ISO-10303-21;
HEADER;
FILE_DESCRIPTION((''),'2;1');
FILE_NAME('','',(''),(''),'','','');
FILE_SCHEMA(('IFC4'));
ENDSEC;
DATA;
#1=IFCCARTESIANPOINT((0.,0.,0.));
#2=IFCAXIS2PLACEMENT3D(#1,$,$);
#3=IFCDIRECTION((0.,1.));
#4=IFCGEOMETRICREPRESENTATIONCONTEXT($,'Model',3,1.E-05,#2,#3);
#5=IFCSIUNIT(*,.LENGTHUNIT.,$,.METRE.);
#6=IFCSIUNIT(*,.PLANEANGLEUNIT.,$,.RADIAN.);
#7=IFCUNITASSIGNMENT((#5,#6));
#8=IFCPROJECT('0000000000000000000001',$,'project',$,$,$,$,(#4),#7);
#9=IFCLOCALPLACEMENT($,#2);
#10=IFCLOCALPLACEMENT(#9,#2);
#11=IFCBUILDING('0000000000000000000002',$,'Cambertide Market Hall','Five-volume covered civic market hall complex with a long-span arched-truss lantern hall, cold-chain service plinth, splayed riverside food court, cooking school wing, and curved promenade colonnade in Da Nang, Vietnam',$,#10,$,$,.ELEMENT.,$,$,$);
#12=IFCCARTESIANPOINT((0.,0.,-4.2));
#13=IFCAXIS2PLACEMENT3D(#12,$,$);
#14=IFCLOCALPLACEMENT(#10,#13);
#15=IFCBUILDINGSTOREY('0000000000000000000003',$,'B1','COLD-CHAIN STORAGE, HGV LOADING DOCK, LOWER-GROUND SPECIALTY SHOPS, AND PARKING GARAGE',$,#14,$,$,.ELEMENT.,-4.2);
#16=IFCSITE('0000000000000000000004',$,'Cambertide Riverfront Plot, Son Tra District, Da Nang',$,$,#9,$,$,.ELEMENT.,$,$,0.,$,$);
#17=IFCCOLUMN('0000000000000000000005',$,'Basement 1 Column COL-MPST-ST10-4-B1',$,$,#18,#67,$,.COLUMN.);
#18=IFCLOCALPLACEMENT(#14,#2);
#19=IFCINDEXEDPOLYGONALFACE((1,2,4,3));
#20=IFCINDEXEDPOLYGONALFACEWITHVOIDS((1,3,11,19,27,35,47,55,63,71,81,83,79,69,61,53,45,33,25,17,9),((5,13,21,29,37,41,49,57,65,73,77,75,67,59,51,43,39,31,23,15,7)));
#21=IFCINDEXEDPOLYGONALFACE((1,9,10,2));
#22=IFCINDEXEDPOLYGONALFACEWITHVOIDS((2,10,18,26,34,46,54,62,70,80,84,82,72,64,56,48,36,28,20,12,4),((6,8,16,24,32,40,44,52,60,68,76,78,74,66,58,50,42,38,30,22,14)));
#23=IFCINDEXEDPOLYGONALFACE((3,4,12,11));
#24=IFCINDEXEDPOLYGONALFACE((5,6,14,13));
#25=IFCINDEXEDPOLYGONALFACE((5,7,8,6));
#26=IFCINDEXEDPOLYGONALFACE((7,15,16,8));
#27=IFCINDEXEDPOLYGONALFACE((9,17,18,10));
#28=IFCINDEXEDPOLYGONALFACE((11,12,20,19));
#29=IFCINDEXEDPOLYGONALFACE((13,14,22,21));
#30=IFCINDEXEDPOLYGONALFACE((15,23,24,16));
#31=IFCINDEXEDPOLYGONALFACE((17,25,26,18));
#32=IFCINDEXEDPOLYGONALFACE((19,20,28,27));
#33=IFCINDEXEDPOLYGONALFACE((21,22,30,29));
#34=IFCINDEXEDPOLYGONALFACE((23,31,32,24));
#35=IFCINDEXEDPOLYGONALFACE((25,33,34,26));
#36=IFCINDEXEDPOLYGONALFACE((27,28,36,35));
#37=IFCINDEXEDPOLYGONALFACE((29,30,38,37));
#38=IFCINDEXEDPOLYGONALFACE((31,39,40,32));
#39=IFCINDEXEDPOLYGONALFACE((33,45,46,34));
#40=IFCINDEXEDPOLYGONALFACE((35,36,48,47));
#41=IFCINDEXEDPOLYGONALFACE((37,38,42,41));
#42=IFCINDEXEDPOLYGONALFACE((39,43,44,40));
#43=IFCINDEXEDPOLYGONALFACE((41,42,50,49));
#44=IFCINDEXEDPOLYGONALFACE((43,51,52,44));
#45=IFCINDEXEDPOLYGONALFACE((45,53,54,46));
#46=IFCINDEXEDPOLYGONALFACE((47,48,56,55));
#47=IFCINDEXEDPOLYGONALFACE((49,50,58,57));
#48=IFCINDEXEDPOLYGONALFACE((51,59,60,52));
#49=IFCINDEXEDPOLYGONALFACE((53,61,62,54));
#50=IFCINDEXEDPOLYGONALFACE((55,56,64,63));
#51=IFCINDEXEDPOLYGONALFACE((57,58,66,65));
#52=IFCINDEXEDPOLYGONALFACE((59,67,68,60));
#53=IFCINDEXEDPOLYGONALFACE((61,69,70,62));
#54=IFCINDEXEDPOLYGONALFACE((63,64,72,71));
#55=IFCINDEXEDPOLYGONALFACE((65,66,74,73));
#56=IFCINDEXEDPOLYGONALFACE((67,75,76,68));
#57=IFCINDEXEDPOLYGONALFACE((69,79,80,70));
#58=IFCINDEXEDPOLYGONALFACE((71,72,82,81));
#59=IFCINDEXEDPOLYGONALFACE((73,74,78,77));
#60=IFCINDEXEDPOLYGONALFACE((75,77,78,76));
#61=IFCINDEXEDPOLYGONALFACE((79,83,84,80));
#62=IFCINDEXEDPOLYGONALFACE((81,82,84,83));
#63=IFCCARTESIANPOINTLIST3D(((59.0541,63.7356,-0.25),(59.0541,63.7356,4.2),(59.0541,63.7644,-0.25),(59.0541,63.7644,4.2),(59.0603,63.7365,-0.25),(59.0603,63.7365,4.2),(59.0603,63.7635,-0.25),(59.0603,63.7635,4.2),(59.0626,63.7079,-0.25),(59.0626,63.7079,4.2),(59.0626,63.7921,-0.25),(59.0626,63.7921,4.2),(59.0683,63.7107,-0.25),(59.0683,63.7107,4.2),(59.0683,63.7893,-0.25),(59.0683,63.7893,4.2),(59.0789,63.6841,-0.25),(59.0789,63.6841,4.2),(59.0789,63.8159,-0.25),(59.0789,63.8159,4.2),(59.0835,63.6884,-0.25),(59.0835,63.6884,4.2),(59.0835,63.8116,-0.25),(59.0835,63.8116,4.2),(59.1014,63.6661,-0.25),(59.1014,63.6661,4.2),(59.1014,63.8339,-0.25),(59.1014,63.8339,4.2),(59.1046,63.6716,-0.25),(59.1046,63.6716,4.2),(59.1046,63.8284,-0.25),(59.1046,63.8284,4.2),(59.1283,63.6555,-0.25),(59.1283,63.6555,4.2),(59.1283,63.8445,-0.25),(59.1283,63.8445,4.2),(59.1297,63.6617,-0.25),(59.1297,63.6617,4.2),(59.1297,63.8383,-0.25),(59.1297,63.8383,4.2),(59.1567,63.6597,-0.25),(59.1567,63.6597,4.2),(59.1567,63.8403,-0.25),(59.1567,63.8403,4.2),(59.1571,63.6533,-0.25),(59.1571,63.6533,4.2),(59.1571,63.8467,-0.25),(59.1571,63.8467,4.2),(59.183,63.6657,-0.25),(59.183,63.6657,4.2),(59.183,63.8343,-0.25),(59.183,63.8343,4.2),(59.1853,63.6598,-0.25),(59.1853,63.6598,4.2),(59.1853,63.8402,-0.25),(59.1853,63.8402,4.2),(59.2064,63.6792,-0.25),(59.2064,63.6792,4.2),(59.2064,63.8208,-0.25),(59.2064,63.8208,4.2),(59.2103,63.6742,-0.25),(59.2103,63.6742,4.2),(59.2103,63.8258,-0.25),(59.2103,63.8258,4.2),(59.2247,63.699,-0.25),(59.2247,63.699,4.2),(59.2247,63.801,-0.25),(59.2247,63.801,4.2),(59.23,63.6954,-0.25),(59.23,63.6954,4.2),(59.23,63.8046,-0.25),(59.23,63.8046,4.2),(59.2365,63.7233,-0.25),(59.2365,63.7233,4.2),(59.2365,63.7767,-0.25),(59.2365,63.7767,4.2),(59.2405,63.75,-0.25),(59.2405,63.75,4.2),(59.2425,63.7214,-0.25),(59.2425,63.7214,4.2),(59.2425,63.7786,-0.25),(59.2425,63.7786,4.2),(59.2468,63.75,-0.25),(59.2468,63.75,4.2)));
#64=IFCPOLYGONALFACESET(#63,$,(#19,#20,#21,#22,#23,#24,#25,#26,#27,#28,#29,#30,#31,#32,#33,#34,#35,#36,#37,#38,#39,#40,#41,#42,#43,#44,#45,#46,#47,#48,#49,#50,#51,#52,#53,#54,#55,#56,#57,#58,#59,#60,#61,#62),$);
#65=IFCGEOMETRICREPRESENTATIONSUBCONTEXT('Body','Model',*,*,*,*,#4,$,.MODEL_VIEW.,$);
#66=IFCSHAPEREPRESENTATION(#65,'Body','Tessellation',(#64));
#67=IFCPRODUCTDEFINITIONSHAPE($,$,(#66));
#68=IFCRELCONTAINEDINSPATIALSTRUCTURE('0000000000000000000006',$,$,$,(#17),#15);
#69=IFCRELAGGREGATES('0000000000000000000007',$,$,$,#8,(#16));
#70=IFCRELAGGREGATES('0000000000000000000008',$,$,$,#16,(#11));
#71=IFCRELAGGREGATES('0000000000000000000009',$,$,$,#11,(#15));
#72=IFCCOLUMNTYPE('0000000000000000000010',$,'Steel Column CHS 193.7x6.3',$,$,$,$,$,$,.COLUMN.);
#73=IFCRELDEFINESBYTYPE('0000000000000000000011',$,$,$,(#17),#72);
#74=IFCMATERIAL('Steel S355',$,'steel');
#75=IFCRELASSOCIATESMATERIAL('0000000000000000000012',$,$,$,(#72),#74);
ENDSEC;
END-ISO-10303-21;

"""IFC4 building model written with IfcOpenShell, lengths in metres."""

from ifc_helpers import new_model, si_unit, direction, frame, origin, origin_2d, place, context, subcontext, project, spatial, hollow_circle, extrude, material, material_profile, profile_set, type_object, element, save


model = new_model("IFC4")

# Units and contexts
model_context = context("Model", 3, precision=1e-05, world=origin(), true_north=direction((0.0, 1.0)))
body_context = subcontext(model_context, "Body", "Model", "MODEL_VIEW")
ifc_project = project(units=[si_unit("LENGTHUNIT", "METRE"), si_unit("PLANEANGLEUNIT", "RADIAN")], contexts=[model_context])

# Site, building, storey
site_placement = place(None, origin())
site = spatial("IfcSite", under=ifc_project, at=site_placement, Name="Cambertide Riverfront Plot, Son Tra District, Da Nang", CompositionType="ELEMENT", RefElevation=0.0)
building_placement = place(site_placement, origin())
building = spatial("IfcBuilding", under=site, at=building_placement, Name="Cambertide Market Hall", Description="Five-volume covered civic market hall complex with a long-span arched-truss lantern hall, cold-chain service plinth, splayed riverside food court, cooking school wing, and curved promenade colonnade in Da Nang, Vietnam", CompositionType="ELEMENT")
storey_placement = place(building_placement, frame((0.0, 0.0, -4.2)))
storey = spatial("IfcBuildingStorey", under=building, at=storey_placement, Name="B1", Description="COLD-CHAIN STORAGE, HGV LOADING DOCK, LOWER-GROUND SPECIALTY SHOPS, AND PARKING GARAGE", CompositionType="ELEMENT", Elevation=-4.2)

# Column
ifc_material_1 = material(Name="Steel S355", Category="steel")
ifc_material_profile_1 = material_profile(ifc_material_1, hollow_circle(Radius=0.0969, WallThickness=0.0063, at=origin_2d()), Name="CHS 193.7x6.3")
ifc_profile_set_1 = profile_set([ifc_material_profile_1], Name="Steel S355")
column_type_1 = type_object("IfcColumnType", Name="Steel Column CHS 193.7x6.3", PredefinedType="COLUMN", material=ifc_profile_set_1)
for number, where, z_axis, x_axis, name in (
    (1, (59.1499, 63.75, -0.25), (0.0, 0.0, 1.0), (1.0, 0.0, 0.0), "Basement 1 Column COL-MPST-ST10-4-B1"),
):
    element("IfcColumn", number, at=place(storey_placement, frame(where, z_axis=z_axis, x_axis=x_axis)), inside=storey, type_object=column_type_1, Name=name, PredefinedType="COLUMN", context=body_context, shape_type="SweptSolid", body=[
        extrude(hollow_circle(Radius=0.0969, WallThickness=0.0063, at=origin_2d()), origin(), (0.0, 0.0, 1.0), 4.45),
    ])

save(model, "model.ifc")
